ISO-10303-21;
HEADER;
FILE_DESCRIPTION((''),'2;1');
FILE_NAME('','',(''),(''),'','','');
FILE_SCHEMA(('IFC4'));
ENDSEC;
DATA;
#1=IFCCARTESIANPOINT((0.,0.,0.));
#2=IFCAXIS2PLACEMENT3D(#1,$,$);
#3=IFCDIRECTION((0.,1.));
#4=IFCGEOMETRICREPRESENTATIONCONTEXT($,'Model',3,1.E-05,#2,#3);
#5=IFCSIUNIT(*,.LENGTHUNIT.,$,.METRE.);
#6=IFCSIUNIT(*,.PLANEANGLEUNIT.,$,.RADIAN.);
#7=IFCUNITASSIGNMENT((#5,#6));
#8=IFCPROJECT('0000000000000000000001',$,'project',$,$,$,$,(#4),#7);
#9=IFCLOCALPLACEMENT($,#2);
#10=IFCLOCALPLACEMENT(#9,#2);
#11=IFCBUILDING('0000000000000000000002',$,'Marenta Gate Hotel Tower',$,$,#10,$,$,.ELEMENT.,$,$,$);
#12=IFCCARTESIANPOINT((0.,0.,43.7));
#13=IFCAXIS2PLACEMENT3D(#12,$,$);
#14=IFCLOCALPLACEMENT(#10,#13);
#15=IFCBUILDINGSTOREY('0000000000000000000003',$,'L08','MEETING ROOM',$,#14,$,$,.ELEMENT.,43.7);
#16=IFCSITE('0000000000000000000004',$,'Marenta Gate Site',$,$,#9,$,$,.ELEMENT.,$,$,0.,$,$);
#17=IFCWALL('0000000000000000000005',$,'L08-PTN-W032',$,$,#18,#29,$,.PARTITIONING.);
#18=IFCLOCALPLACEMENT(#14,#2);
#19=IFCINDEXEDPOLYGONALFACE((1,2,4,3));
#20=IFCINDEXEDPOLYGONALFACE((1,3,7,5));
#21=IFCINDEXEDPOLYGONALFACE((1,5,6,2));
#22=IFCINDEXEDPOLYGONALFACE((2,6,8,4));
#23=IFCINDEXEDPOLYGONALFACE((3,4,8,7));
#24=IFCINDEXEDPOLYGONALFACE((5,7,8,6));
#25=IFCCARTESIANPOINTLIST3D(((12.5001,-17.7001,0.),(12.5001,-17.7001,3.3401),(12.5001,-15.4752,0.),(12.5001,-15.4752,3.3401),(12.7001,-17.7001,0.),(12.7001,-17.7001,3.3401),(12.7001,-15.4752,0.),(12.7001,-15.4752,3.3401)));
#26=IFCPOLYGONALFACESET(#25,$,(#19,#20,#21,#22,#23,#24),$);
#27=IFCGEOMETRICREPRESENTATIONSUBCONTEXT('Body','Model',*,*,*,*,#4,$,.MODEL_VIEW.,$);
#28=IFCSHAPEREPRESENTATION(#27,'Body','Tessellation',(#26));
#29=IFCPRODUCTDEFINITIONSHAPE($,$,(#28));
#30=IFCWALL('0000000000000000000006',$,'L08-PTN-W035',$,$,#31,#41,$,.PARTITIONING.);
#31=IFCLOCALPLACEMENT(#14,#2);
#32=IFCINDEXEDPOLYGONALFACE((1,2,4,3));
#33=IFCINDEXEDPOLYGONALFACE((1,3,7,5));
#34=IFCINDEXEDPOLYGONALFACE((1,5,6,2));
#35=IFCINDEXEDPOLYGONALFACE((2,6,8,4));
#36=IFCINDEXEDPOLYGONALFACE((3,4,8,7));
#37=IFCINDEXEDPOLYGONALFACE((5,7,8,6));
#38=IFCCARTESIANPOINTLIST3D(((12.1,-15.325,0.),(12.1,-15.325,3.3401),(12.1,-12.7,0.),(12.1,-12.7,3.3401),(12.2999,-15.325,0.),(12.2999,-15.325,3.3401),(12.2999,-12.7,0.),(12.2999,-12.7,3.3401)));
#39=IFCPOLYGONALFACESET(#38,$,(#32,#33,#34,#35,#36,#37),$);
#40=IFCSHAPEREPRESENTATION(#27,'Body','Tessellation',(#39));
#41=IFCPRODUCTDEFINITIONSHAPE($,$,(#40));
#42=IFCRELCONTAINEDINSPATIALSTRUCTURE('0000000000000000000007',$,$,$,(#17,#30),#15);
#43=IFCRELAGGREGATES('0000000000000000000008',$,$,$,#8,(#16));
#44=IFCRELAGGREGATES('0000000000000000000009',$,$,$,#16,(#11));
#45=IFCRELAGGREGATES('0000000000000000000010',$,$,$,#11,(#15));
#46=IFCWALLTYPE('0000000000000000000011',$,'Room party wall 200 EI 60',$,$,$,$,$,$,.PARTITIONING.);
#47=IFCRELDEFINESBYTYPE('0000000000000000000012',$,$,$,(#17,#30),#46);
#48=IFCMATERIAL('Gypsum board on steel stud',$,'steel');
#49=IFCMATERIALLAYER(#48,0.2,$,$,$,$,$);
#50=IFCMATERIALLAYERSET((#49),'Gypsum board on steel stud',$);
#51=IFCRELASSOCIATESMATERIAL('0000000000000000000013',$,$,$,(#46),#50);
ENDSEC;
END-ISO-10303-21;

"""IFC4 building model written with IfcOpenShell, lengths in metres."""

from ifc_helpers import new_model, si_unit, direction, frame, frame_2d, origin, place, context, subcontext, project, spatial, rectangle, extrude, material, layer, layer_set, type_object, element, save


model = new_model("IFC4")

# Units and contexts
model_context = context("Model", 3, precision=1e-05, world=origin(), true_north=direction((0.0, 1.0)))
body_context = subcontext(model_context, "Body", "Model", "MODEL_VIEW")
ifc_project = project(units=[si_unit("LENGTHUNIT", "METRE"), si_unit("PLANEANGLEUNIT", "RADIAN")], contexts=[model_context])

# Site, building, storey
site_placement = place(None, origin())
site = spatial("IfcSite", under=ifc_project, at=site_placement, Name="Marenta Gate Site", CompositionType="ELEMENT", RefElevation=0.0)
building_placement = place(site_placement, origin())
building = spatial("IfcBuilding", under=site, at=building_placement, Name="Marenta Gate Hotel Tower", CompositionType="ELEMENT")
storey_placement = place(building_placement, frame((0.0, 0.0, 43.7)))
storey = spatial("IfcBuildingStorey", under=building, at=storey_placement, Name="L08", Description="MEETING ROOM", CompositionType="ELEMENT", Elevation=43.7)

# Walls
ifc_material_1 = material(Name="Gypsum board on steel stud", Category="steel")
ifc_layer_1 = layer(ifc_material_1, 0.2)
ifc_layer_set_1 = layer_set([ifc_layer_1], Name="Gypsum board on steel stud")
wall_type_1 = type_object("IfcWallType", Name="Room party wall 200 EI 60", PredefinedType="PARTITIONING", material=ifc_layer_set_1)
wall_1_placement = place(storey_placement, frame((12.6001, -17.7, 0.0), z_axis=(0.0, 0.0, 1.0), x_axis=(0.0, 1.0, 0.0)))
element("IfcWall", 1, at=wall_1_placement, inside=storey, type_object=wall_type_1, Name="L08-PTN-W032", PredefinedType="PARTITIONING", context=body_context, shape_type="SweptSolid", body=[
    extrude(rectangle(XDim=2.2249, YDim=0.2, at=frame_2d((1.1123, 0.0))), origin(), (0.0, 0.0, 1.0), 3.3401),
])
wall_2_placement = place(storey_placement, frame((12.2, -15.325, 0.0), z_axis=(0.0, 0.0, 1.0), x_axis=(0.0, 1.0, 0.0)))
element("IfcWall", 2, at=wall_2_placement, inside=storey, type_object=wall_type_1, Name="L08-PTN-W035", PredefinedType="PARTITIONING", context=body_context, shape_type="SweptSolid", body=[
    extrude(rectangle(XDim=2.625, YDim=0.2, at=frame_2d((1.3125, 0.0))), origin(), (0.0, 0.0, 1.0), 3.3401),
])

save(model, "model.ifc")
